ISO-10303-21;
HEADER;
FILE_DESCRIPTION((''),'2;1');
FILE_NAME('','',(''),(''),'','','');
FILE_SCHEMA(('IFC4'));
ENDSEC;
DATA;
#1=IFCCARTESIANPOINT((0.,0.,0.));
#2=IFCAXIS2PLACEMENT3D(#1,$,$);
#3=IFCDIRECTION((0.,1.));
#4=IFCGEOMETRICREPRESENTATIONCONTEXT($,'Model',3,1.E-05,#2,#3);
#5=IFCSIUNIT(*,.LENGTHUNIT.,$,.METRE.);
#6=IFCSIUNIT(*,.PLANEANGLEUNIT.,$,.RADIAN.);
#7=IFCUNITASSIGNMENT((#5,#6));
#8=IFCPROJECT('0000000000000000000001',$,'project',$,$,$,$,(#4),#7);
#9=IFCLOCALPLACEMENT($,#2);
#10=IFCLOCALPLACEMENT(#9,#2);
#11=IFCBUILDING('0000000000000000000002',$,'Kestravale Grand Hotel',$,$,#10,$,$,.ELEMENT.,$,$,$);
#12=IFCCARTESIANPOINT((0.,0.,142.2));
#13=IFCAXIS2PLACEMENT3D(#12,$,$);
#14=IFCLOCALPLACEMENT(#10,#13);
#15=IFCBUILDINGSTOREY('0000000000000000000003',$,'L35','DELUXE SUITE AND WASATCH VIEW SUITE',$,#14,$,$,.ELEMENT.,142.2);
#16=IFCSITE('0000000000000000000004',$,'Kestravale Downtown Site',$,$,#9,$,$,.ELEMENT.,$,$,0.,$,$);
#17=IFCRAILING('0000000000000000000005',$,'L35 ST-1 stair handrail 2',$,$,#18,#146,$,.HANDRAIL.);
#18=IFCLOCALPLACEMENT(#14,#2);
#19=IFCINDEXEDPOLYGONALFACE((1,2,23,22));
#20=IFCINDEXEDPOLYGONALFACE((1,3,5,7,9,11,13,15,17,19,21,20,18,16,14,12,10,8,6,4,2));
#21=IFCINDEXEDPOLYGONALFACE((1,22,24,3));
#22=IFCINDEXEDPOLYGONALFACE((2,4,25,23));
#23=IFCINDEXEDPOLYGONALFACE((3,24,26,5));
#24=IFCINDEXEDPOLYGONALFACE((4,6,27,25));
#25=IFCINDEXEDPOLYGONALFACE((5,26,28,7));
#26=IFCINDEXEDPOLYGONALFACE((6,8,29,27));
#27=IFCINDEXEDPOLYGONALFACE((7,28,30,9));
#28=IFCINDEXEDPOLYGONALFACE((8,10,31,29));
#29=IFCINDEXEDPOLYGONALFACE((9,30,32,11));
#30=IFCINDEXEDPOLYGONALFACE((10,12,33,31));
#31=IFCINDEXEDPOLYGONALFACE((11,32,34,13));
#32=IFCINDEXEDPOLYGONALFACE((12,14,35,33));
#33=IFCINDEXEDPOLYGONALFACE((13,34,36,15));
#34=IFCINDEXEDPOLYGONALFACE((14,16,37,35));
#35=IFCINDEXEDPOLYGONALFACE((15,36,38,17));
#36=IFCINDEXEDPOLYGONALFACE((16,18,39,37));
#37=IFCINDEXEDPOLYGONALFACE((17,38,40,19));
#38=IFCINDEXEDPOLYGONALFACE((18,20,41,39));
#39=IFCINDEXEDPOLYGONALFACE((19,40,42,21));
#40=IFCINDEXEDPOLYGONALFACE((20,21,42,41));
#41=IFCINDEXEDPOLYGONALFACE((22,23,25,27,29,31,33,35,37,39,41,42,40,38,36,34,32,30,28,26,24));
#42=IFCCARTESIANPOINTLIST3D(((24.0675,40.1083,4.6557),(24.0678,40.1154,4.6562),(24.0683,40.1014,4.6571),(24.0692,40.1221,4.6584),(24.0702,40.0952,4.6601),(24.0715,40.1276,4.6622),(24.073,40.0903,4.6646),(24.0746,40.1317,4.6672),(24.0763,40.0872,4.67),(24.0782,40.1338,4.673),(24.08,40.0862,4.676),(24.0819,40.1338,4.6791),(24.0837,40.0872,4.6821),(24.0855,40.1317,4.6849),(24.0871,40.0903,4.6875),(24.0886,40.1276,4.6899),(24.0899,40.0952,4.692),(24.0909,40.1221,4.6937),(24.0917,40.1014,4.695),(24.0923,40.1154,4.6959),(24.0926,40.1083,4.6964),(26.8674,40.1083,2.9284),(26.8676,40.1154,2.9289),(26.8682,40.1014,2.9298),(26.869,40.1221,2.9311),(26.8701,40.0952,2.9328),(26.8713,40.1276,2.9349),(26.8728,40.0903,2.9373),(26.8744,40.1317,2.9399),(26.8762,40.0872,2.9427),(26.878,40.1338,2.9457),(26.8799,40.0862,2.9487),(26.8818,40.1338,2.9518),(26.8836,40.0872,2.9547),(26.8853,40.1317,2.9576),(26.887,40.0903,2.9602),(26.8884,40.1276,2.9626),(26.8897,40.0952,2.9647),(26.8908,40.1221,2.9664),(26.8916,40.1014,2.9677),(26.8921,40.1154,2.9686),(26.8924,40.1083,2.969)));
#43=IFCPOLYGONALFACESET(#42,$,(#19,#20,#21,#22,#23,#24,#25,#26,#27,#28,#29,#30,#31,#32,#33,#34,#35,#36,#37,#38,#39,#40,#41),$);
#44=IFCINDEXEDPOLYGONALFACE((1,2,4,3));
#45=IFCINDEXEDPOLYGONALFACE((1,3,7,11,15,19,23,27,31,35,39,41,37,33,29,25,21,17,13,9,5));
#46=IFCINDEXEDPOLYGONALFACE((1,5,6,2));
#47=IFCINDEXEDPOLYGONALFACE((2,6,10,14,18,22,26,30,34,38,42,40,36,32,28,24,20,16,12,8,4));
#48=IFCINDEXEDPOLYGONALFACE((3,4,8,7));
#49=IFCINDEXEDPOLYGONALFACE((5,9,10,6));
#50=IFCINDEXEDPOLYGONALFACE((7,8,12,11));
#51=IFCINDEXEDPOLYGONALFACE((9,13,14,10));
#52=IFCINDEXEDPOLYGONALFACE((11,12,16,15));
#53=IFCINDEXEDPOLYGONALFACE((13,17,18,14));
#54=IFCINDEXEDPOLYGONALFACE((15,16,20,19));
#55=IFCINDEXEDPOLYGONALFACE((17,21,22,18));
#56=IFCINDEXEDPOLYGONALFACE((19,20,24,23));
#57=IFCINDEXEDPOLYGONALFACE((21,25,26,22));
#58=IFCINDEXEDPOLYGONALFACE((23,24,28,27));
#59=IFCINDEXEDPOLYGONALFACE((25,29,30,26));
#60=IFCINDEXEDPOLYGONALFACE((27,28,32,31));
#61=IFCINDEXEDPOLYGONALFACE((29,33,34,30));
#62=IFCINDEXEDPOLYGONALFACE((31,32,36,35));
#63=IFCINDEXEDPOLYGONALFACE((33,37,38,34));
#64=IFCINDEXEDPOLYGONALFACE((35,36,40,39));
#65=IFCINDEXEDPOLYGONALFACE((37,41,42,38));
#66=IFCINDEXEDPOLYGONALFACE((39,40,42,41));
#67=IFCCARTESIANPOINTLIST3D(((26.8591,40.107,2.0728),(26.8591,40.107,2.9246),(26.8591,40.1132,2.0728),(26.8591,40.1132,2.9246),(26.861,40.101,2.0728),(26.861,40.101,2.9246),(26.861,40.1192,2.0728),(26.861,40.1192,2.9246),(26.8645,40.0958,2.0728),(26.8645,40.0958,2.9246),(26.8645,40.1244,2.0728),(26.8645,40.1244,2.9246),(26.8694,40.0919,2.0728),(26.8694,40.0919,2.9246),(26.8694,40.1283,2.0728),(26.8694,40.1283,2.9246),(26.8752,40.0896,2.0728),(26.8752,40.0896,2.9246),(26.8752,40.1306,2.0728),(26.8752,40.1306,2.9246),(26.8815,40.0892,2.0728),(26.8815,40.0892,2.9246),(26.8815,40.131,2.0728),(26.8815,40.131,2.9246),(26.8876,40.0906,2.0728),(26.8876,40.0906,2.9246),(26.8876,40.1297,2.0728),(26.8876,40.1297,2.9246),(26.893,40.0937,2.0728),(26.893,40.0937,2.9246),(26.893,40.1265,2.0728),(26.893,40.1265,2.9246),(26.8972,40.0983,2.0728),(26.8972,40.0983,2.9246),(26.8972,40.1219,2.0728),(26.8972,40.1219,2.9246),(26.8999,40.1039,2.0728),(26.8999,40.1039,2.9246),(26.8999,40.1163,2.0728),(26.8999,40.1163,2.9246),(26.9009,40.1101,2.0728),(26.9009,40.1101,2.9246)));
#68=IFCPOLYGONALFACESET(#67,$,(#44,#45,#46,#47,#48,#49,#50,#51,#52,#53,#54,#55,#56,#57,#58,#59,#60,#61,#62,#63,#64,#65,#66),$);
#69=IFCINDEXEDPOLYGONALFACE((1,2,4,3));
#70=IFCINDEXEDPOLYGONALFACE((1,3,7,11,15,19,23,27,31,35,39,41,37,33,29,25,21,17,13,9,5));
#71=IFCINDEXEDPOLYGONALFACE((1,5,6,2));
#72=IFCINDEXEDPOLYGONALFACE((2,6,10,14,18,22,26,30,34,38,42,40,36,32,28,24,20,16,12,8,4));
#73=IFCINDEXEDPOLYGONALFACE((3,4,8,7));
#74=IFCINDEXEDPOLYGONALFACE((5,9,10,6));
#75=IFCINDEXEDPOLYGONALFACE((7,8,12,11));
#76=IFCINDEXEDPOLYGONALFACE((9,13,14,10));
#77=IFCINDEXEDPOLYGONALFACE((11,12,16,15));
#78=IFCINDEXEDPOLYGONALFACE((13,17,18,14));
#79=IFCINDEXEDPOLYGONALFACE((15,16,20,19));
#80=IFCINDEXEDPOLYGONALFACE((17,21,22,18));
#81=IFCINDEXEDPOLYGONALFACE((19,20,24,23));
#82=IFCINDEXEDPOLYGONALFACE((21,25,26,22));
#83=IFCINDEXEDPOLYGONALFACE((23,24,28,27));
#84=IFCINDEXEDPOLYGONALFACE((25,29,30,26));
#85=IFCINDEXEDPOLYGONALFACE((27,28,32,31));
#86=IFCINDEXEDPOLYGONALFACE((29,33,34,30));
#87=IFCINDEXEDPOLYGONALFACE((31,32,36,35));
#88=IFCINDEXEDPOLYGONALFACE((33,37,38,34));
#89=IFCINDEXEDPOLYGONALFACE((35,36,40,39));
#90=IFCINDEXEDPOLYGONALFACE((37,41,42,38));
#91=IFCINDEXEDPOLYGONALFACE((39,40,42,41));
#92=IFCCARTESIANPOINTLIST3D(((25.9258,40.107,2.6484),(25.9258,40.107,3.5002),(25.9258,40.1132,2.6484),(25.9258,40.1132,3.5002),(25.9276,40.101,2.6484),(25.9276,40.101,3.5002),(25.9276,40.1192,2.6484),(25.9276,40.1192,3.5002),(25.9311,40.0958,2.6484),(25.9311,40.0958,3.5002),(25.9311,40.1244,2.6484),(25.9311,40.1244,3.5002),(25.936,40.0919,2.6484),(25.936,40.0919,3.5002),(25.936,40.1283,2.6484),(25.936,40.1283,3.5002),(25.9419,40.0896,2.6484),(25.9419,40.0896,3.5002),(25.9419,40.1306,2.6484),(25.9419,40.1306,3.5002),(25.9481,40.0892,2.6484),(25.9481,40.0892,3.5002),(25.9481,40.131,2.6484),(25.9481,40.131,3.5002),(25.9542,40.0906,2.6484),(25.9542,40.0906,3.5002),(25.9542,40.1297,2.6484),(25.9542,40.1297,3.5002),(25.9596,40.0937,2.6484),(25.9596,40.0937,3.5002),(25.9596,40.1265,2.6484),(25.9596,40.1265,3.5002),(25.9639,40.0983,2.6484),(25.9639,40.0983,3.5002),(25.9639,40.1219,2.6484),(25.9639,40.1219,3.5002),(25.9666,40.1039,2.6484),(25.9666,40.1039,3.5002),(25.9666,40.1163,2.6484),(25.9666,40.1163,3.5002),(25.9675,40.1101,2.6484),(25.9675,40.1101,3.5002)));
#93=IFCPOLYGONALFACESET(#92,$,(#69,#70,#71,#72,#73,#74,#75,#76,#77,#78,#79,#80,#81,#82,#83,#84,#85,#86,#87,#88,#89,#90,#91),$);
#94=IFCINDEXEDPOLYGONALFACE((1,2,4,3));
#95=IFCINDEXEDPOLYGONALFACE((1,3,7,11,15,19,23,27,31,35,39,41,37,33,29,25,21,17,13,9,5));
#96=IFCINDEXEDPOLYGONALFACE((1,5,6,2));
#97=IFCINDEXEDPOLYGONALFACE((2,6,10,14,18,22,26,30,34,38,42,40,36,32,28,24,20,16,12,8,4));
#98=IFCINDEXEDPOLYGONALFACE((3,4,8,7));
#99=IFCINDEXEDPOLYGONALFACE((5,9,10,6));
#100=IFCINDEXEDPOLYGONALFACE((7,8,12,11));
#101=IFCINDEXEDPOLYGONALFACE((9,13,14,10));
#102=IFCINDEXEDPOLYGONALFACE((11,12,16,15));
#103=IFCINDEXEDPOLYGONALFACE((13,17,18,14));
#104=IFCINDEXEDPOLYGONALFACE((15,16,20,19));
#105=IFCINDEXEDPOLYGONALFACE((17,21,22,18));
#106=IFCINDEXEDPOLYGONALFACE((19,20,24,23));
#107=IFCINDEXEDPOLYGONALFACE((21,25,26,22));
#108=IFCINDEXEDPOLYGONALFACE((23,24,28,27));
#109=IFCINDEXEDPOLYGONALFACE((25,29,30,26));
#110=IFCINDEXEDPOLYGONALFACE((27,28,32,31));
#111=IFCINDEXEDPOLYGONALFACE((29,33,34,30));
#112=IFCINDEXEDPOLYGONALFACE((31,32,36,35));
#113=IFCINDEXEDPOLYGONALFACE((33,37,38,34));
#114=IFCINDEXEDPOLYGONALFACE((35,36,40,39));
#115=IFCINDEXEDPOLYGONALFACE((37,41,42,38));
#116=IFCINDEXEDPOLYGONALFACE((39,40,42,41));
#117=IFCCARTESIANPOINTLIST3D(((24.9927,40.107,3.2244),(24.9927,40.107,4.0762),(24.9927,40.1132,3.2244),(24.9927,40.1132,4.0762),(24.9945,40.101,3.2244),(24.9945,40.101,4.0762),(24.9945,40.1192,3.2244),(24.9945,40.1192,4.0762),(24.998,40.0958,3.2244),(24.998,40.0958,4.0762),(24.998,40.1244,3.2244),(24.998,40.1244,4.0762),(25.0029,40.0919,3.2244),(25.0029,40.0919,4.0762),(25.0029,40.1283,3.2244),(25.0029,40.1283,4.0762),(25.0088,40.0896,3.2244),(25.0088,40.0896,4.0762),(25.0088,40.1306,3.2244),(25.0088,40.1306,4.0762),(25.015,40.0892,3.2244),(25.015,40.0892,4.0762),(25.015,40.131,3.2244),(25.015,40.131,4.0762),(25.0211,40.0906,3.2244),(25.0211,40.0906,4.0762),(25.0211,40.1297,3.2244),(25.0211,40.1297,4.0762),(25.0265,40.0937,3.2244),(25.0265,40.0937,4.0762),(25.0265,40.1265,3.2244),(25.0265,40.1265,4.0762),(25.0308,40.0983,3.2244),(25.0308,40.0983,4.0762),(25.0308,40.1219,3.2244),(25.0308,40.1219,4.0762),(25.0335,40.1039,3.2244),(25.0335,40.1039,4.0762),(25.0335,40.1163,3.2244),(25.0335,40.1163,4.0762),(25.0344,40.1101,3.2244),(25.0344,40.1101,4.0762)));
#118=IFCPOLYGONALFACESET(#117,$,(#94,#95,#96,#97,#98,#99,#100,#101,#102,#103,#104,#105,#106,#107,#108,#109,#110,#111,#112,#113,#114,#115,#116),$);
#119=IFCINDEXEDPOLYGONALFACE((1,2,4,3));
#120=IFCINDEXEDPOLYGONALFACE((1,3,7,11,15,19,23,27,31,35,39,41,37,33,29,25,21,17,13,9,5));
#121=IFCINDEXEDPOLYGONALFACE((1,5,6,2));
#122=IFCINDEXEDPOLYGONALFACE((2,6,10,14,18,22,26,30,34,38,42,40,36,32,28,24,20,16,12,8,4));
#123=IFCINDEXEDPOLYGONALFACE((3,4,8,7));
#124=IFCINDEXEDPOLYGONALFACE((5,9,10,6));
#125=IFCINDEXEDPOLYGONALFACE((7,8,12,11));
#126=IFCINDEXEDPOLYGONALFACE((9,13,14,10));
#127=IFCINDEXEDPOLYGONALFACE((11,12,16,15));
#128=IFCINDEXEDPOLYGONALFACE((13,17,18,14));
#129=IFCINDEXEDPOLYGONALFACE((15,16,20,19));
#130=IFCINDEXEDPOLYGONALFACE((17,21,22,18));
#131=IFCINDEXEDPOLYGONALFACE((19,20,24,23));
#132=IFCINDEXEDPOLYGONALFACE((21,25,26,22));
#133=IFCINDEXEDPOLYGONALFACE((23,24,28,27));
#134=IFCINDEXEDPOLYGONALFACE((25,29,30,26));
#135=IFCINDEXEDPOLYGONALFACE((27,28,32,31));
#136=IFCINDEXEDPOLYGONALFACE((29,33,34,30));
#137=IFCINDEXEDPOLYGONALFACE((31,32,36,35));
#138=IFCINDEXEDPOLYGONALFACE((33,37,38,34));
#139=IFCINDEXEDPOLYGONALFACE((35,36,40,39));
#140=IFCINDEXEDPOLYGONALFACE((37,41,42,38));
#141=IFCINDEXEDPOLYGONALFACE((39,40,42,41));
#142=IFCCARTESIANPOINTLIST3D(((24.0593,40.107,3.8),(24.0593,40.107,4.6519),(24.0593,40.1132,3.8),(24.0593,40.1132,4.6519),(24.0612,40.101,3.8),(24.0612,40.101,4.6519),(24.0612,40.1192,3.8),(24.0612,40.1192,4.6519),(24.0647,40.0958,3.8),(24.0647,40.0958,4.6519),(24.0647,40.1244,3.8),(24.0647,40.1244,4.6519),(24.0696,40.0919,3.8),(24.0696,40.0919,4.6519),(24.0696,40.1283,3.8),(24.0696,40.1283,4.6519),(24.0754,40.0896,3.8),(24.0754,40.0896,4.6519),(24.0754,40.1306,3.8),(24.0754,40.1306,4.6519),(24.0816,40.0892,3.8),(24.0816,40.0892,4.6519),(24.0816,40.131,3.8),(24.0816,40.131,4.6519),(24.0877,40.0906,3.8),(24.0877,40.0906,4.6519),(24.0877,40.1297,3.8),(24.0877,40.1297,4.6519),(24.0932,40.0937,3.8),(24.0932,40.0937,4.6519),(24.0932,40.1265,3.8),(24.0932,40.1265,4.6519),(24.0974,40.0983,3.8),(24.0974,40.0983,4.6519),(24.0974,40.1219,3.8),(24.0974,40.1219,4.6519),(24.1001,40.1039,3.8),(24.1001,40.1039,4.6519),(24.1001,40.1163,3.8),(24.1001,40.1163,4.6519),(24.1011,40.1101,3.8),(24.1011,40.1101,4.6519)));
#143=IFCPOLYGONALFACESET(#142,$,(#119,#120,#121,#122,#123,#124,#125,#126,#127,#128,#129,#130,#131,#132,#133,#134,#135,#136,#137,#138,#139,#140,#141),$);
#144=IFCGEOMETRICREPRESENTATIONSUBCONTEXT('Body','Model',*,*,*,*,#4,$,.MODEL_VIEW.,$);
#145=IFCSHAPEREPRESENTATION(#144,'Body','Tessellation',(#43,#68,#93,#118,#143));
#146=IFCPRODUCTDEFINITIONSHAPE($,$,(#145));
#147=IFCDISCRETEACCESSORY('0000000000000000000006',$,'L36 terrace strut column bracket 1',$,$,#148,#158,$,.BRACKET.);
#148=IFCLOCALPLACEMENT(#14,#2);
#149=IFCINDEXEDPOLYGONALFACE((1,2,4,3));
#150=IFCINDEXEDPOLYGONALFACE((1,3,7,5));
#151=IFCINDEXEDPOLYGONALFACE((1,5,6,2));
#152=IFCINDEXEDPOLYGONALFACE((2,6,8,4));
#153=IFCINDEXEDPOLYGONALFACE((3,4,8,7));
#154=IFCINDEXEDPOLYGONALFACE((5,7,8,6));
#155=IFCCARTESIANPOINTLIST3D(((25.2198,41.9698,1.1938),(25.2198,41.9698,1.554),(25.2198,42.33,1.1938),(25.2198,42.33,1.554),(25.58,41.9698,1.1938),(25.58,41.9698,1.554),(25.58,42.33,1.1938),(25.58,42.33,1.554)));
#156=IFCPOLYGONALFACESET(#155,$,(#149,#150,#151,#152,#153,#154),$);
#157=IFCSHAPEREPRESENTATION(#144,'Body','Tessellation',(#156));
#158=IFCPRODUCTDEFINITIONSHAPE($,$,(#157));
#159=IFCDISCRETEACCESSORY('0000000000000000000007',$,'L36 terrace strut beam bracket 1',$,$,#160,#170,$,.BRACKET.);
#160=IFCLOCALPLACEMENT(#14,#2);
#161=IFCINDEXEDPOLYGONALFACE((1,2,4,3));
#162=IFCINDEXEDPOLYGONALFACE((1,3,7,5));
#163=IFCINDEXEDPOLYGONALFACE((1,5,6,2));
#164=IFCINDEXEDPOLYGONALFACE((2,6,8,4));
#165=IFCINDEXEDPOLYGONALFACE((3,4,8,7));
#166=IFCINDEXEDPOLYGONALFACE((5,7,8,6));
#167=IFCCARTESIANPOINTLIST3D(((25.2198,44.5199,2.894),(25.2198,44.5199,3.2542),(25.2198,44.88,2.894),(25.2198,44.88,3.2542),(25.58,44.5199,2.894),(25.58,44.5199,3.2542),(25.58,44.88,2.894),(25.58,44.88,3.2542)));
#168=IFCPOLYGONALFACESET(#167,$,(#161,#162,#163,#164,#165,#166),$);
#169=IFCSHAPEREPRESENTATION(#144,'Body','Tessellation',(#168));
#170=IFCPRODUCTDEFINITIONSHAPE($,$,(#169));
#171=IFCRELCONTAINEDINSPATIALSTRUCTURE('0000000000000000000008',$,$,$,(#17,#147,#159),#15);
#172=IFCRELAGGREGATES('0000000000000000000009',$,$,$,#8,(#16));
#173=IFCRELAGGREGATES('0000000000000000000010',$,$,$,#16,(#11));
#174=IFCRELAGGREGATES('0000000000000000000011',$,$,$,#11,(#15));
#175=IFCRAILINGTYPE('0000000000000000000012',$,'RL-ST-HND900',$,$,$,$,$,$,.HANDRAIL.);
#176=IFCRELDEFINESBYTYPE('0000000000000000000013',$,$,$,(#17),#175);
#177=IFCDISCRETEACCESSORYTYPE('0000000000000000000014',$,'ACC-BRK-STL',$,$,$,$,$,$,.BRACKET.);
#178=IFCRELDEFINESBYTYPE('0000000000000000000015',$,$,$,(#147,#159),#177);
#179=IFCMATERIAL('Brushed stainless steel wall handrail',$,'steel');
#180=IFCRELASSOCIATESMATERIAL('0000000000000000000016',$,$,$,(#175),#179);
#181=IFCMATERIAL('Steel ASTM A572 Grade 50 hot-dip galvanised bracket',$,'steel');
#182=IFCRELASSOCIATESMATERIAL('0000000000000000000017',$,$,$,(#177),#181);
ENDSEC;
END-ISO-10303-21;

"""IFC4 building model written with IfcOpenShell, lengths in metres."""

from ifc_helpers import new_model, si_unit, direction, frame, origin, origin_2d, place, context, subcontext, project, spatial, rectangle, circle, extrude, material, type_object, element, save


model = new_model("IFC4")

# Units and contexts
model_context = context("Model", 3, precision=1e-05, world=origin(), true_north=direction((0.0, 1.0)))
body_context = subcontext(model_context, "Body", "Model", "MODEL_VIEW")
ifc_project = project(units=[si_unit("LENGTHUNIT", "METRE"), si_unit("PLANEANGLEUNIT", "RADIAN")], contexts=[model_context])

# Site, building, storey
site_placement = place(None, origin())
site = spatial("IfcSite", under=ifc_project, at=site_placement, Name="Kestravale Downtown Site", CompositionType="ELEMENT", RefElevation=0.0)
building_placement = place(site_placement, origin())
building = spatial("IfcBuilding", under=site, at=building_placement, Name="Kestravale Grand Hotel", CompositionType="ELEMENT")
storey_placement = place(building_placement, frame((0.0, 0.0, 142.2)))
storey = spatial("IfcBuildingStorey", under=building, at=storey_placement, Name="L35", Description="DELUXE SUITE AND WASATCH VIEW SUITE", CompositionType="ELEMENT", Elevation=142.2)

# Railing
ifc_material_1 = material(Name="Brushed stainless steel wall handrail", Category="steel")
railing_type_1 = type_object("IfcRailingType", Name="RL-ST-HND900", PredefinedType="HANDRAIL", material=ifc_material_1)
railing_1_placement = place(storey_placement, frame((26.8799, 40.1101, 2.0728)))
element("IfcRailing", 1, at=railing_1_placement, inside=storey, type_object=railing_type_1, Name="L35 ST-1 stair handrail 2", PredefinedType="HANDRAIL", context=body_context, shape_type="SweptSolid", body=[
    extrude(circle(Radius=0.0239, at=origin_2d()), frame((0.0, 0.0, 0.876), z_axis=(-0.851069, 0.0, 0.525054), x_axis=(0.0, -1.0, 0.0)), (0.0, 0.0, 1.0), 3.2898),
    extrude(circle(Radius=0.021, at=origin_2d()), origin(), (0.0, 0.0, 1.0), 0.8518),
    extrude(circle(Radius=0.021, at=origin_2d()), frame((-0.9333, 0.0, 0.5757)), (0.0, 0.0, 1.0), 0.8518),
    extrude(circle(Radius=0.021, at=origin_2d()), frame((-1.8665, 0.0, 1.1516)), (0.0, 0.0, 1.0), 0.8518),
    extrude(circle(Radius=0.021, at=origin_2d()), frame((-2.7998, 0.0, 1.7273)), (0.0, 0.0, 1.0), 0.8518),
])

# Discrete accessories
ifc_material_2 = material(Name="Steel ASTM A572 Grade 50 hot-dip galvanised bracket", Category="steel")
discrete_accessory_type = type_object("IfcDiscreteAccessoryType", Name="ACC-BRK-STL", PredefinedType="BRACKET", material=ifc_material_2)
for number, where, z_axis, x_axis, name in (
    (2, (25.3999, 42.1499, 1.1938), (0.0, 0.0, 1.0), (1.0, 0.0, 0.0), "L36 terrace strut column bracket 1"),
    (3, (25.3999, 44.7, 2.894), (0.0, 0.0, 1.0), (1.0, 0.0, 0.0), "L36 terrace strut beam bracket 1"),
):
    element("IfcDiscreteAccessory", number, at=place(storey_placement, frame(where, z_axis=z_axis, x_axis=x_axis)), inside=storey, type_object=discrete_accessory_type, Name=name, PredefinedType="BRACKET", context=body_context, shape_type="SweptSolid", body=[
        extrude(rectangle(XDim=0.3601, YDim=0.3601, at=origin_2d()), origin(), (0.0, 0.0, 1.0), 0.3601),
    ])

save(model, "model.ifc")
